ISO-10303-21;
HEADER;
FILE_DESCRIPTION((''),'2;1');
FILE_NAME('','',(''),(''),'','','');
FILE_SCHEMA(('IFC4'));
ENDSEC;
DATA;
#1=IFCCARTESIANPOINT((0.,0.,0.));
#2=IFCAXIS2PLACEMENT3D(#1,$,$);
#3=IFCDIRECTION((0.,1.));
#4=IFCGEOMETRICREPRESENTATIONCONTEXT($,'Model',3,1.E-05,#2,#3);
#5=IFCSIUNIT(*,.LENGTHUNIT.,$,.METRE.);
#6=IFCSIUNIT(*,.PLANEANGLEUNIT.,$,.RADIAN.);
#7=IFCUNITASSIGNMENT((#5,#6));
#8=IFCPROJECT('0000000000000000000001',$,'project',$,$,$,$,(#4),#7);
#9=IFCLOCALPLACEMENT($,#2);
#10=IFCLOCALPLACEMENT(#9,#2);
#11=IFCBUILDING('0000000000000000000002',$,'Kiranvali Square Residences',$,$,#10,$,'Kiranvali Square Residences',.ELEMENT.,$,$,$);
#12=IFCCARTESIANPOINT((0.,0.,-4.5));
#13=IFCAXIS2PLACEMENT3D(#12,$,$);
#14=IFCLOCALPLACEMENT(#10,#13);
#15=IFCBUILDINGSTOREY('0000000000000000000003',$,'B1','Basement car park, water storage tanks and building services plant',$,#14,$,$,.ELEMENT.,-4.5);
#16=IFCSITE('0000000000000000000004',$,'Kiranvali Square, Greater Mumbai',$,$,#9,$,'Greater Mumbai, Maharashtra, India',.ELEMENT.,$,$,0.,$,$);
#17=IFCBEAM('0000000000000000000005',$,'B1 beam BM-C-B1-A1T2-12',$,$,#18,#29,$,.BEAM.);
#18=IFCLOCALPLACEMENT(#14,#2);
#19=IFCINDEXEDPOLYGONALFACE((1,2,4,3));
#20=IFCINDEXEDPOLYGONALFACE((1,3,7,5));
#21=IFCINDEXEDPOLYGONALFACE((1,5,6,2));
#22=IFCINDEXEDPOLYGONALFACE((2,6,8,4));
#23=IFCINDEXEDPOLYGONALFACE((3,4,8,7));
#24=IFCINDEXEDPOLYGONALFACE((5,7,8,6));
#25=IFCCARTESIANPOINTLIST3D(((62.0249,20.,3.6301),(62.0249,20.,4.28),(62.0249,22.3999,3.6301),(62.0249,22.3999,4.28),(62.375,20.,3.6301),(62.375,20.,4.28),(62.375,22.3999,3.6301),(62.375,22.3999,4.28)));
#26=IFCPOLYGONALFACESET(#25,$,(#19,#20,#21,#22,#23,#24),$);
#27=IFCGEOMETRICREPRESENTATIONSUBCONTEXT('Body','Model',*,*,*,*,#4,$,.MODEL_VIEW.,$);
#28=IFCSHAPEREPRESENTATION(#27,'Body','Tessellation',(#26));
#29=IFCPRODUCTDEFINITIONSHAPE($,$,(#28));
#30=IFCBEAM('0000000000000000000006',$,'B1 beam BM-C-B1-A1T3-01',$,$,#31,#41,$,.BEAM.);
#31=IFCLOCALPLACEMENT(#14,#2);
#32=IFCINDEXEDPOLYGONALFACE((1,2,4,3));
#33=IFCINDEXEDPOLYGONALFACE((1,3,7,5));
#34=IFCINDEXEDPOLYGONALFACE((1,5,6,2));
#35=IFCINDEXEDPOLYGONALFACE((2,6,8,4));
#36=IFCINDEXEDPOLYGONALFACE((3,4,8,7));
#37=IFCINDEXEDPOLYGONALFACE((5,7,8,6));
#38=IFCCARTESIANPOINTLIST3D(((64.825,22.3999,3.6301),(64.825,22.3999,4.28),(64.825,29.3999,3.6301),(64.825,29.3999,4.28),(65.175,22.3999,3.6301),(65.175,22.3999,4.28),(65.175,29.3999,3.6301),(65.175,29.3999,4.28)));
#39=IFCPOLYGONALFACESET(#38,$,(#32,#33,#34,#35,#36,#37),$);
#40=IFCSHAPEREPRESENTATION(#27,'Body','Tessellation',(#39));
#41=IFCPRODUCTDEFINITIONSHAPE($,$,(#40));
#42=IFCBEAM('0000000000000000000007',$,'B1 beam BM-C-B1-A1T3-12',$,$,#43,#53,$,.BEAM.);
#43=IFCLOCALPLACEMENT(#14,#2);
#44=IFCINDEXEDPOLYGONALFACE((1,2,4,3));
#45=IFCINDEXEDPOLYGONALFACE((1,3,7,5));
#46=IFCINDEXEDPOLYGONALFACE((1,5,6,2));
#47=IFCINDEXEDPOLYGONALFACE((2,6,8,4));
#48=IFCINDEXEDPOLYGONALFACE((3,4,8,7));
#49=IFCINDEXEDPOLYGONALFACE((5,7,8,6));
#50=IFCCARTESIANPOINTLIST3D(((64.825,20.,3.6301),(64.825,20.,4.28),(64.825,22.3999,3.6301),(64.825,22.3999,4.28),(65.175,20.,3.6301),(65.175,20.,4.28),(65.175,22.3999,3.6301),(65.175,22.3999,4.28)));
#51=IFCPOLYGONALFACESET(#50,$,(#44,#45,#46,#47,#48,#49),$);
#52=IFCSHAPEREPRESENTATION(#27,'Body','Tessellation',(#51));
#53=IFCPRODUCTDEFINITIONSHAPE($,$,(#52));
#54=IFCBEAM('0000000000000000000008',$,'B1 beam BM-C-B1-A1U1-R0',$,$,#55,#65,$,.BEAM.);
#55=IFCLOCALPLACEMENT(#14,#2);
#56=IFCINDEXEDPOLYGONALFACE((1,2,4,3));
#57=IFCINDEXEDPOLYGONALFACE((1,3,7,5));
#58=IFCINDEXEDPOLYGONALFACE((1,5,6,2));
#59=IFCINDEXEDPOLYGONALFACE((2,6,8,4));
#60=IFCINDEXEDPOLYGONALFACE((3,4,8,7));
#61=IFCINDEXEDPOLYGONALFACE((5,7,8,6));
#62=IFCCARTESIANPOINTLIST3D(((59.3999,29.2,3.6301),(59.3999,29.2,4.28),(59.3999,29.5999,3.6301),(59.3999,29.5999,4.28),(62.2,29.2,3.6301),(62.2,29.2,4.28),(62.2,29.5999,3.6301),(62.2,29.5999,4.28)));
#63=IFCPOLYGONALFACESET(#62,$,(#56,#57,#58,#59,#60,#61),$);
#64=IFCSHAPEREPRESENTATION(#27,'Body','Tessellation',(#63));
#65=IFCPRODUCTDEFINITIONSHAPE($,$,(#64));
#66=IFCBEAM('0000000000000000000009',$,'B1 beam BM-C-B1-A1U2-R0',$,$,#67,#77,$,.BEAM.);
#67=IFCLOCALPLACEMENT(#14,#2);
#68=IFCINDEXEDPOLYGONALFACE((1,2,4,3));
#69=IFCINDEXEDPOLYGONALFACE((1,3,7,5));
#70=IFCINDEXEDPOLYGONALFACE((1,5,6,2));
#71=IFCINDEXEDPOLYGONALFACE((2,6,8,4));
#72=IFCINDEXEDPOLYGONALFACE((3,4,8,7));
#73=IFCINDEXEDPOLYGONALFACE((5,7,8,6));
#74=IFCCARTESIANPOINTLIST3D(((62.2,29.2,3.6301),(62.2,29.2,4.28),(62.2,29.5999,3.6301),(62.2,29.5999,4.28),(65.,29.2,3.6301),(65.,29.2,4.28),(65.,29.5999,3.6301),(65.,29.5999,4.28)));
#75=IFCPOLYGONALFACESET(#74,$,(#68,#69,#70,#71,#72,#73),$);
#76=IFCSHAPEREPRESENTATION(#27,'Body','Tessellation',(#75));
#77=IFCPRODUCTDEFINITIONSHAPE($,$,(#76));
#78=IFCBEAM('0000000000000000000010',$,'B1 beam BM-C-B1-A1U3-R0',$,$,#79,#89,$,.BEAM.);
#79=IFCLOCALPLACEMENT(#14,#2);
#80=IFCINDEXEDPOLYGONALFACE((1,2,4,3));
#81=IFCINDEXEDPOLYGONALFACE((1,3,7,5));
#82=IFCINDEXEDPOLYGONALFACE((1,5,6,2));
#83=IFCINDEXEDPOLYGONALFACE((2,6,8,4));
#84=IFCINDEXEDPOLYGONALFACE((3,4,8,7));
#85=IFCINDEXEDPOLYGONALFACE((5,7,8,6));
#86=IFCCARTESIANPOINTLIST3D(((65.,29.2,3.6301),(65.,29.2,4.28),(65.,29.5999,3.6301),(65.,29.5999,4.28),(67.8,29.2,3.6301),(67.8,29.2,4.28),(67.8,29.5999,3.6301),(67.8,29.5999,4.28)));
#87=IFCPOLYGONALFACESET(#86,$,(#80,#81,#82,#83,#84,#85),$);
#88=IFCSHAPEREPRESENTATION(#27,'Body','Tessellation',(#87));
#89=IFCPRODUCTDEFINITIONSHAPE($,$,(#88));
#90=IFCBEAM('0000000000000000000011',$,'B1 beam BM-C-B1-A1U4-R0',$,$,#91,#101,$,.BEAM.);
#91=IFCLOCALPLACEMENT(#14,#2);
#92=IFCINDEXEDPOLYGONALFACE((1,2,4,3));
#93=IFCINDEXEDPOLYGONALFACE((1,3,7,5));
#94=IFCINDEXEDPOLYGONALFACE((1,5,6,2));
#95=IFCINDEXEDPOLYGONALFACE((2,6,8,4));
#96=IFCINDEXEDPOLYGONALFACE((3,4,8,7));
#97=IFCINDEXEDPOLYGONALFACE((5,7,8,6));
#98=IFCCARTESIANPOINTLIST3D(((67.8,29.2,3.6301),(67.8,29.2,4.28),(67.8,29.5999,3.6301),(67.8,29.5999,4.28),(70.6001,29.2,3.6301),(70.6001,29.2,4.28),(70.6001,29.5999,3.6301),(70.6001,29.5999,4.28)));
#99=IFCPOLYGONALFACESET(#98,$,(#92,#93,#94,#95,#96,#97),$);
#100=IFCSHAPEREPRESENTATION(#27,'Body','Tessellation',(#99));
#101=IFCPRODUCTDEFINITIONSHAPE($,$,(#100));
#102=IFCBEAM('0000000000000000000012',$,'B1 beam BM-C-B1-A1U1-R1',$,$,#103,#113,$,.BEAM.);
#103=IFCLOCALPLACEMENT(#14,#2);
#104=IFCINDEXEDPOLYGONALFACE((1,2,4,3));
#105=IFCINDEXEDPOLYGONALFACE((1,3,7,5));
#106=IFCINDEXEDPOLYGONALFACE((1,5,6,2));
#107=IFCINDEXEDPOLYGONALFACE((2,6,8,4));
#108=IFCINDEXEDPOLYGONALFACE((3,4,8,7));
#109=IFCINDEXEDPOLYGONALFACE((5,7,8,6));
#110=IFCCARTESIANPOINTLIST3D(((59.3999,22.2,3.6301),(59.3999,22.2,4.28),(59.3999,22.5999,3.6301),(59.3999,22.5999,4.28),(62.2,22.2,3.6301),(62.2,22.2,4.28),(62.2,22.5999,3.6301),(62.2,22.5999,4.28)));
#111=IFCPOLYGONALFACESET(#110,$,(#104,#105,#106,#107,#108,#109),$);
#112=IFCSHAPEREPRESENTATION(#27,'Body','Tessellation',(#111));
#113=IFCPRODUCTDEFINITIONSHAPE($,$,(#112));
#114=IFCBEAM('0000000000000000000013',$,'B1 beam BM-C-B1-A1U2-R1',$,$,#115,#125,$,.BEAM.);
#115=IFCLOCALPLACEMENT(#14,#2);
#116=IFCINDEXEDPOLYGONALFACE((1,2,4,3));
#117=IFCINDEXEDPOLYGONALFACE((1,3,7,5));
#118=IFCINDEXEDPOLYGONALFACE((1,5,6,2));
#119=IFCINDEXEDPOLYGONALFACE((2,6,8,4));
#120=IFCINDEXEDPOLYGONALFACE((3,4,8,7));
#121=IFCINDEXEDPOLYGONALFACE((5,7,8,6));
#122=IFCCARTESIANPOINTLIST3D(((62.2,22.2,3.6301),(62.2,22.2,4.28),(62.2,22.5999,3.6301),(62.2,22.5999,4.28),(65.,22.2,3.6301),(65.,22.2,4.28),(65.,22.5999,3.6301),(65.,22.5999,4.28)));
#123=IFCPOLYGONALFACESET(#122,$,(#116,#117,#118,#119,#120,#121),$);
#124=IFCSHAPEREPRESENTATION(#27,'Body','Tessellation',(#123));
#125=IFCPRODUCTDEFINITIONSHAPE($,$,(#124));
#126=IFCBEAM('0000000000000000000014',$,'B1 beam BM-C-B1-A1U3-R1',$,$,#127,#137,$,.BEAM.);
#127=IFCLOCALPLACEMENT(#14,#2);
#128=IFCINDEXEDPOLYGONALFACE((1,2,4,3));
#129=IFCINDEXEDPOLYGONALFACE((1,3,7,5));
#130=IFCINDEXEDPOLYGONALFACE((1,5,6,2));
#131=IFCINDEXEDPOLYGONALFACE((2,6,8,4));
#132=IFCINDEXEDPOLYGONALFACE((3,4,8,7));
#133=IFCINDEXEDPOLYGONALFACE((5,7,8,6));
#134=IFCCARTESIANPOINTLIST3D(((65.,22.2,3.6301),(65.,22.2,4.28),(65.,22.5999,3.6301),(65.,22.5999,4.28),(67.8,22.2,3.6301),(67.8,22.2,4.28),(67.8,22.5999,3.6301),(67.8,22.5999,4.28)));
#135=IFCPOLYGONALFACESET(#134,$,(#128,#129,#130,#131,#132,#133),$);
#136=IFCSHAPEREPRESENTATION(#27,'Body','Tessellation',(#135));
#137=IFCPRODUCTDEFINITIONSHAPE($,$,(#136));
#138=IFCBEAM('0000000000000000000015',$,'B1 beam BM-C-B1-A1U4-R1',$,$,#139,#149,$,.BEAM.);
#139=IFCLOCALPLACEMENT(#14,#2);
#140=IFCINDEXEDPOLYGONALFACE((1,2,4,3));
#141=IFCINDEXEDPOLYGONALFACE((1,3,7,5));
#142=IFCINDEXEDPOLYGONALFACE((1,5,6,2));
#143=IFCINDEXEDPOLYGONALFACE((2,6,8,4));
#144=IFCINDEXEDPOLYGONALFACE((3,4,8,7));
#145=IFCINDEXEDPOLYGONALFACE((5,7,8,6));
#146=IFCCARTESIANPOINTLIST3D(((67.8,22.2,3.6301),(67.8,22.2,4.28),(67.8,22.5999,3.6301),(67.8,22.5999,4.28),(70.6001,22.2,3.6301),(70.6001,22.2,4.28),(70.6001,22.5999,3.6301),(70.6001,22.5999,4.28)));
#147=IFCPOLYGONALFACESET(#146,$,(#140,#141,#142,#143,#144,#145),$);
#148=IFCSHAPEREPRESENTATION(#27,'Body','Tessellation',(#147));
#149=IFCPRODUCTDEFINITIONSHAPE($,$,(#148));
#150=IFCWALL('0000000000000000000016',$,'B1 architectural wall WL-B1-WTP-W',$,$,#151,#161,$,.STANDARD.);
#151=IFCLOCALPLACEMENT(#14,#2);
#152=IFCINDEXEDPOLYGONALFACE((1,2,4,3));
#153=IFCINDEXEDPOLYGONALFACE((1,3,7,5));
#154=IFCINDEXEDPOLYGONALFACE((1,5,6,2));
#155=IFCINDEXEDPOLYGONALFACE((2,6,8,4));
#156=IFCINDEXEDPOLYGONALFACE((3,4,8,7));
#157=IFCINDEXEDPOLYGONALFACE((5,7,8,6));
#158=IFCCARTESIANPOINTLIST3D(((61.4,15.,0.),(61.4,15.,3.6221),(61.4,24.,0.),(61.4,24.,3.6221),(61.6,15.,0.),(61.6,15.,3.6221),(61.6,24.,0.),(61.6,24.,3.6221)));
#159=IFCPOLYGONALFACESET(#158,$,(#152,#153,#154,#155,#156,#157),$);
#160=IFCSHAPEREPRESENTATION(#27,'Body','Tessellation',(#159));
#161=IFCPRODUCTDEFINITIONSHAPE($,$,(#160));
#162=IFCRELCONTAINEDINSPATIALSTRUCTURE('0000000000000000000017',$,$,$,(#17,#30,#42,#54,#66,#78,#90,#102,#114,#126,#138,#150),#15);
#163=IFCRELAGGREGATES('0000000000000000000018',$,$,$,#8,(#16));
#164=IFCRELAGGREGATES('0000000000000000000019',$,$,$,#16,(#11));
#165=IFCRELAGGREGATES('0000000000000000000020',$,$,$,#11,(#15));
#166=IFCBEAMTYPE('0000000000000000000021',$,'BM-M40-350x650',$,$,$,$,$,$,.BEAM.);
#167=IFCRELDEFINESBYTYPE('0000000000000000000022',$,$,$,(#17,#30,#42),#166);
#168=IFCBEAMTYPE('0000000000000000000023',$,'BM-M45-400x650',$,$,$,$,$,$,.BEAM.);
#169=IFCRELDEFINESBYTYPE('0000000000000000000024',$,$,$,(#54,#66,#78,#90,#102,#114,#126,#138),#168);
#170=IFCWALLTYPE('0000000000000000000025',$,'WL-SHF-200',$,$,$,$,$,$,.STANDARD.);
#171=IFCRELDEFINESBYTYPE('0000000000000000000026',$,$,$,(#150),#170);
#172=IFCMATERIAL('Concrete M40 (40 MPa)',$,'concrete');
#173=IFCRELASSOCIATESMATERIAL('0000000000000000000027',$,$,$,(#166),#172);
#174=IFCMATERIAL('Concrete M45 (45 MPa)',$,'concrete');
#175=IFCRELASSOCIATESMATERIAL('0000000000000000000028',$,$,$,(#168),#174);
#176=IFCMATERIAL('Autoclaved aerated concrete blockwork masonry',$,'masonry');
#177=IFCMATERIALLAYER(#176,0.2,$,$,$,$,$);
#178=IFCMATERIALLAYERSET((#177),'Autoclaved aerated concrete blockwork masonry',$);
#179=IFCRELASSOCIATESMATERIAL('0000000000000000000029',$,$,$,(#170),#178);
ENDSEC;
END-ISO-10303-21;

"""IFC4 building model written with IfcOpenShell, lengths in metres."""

from ifc_helpers import new_model, si_unit, direction, frame, frame_2d, origin, origin_2d, place, context, subcontext, project, spatial, rectangle, extrude, material, layer, layer_set, material_profile, profile_set, type_object, element, save


model = new_model("IFC4")

# Units and contexts
model_context = context("Model", 3, precision=1e-05, world=origin(), true_north=direction((0.0, 1.0)))
body_context = subcontext(model_context, "Body", "Model", "MODEL_VIEW")
ifc_project = project(units=[si_unit("LENGTHUNIT", "METRE"), si_unit("PLANEANGLEUNIT", "RADIAN")], contexts=[model_context])

# Site, building, storey
site_placement = place(None, origin())
site = spatial("IfcSite", under=ifc_project, at=site_placement, Name="Kiranvali Square, Greater Mumbai", LongName="Greater Mumbai, Maharashtra, India", CompositionType="ELEMENT", RefElevation=0.0)
building_placement = place(site_placement, origin())
building = spatial("IfcBuilding", under=site, at=building_placement, Name="Kiranvali Square Residences", LongName="Kiranvali Square Residences", CompositionType="ELEMENT")
storey_placement = place(building_placement, frame((0.0, 0.0, -4.5)))
storey = spatial("IfcBuildingStorey", under=building, at=storey_placement, Name="B1", Description="Basement car park, water storage tanks and building services plant", CompositionType="ELEMENT", Elevation=-4.5)

# Shared definitions
ifc_material_1 = material(Name="Concrete M40 (40 MPa)", Category="concrete")

# Shared definitions
ifc_material_2 = material(Name="Concrete M45 (45 MPa)", Category="concrete")

# Beams
ifc_material_profile_1 = material_profile(ifc_material_1, rectangle(XDim=0.3501, YDim=0.6499, at=origin_2d()), Name="RC 350x650")
ifc_profile_set_1 = profile_set([ifc_material_profile_1], Name="Concrete M40 (40 MPa)")
beam_type_1 = type_object("IfcBeamType", Name="BM-M40-350x650", PredefinedType="BEAM", material=ifc_profile_set_1)
beam_1_placement = place(storey_placement, frame((62.2, 22.3999, 3.9551), z_axis=(0.0, -1.0, 0.0), x_axis=(1.0, 0.0, 0.0)))
element("IfcBeam", 1, at=beam_1_placement, inside=storey, type_object=beam_type_1, Name="B1 beam BM-C-B1-A1T2-12", PredefinedType="BEAM", context=body_context, shape_type="SweptSolid", body=[
    extrude(rectangle(XDim=0.3501, YDim=0.6499, at=origin_2d()), origin(), (0.0, 0.0, 1.0), 2.3999),
])
beam_2_placement = place(storey_placement, frame((65.0, 29.3999, 3.9551), z_axis=(0.0, -1.0, 0.0), x_axis=(1.0, 0.0, 0.0)))
element("IfcBeam", 2, at=beam_2_placement, inside=storey, type_object=beam_type_1, Name="B1 beam BM-C-B1-A1T3-01", PredefinedType="BEAM", context=body_context, shape_type="SweptSolid", body=[
    extrude(rectangle(XDim=0.3501, YDim=0.6499, at=origin_2d()), origin(), (0.0, 0.0, 1.0), 7.0),
])
beam_3_placement = place(storey_placement, frame((65.0, 22.3999, 3.9551), z_axis=(0.0, -1.0, 0.0), x_axis=(1.0, 0.0, 0.0)))
element("IfcBeam", 3, at=beam_3_placement, inside=storey, type_object=beam_type_1, Name="B1 beam BM-C-B1-A1T3-12", PredefinedType="BEAM", context=body_context, shape_type="SweptSolid", body=[
    extrude(rectangle(XDim=0.3501, YDim=0.6499, at=origin_2d()), origin(), (0.0, 0.0, 1.0), 2.3999),
])
ifc_material_profile_2 = material_profile(ifc_material_2, rectangle(XDim=0.3999, YDim=0.6499, at=origin_2d()), Name="RC 400x650")
ifc_profile_set_2 = profile_set([ifc_material_profile_2], Name="Concrete M45 (45 MPa)")
beam_type_2 = type_object("IfcBeamType", Name="BM-M45-400x650", PredefinedType="BEAM", material=ifc_profile_set_2)
for number, where, z_axis, x_axis, name in (
    (4, (59.3999, 29.3999, 3.9551), (1.0, 0.0, 0.0), (0.0, 1.0, 0.0), "B1 beam BM-C-B1-A1U1-R0"),
    (5, (62.2, 29.3999, 3.9551), (1.0, 0.0, 0.0), (0.0, 1.0, 0.0), "B1 beam BM-C-B1-A1U2-R0"),
    (6, (65.0, 29.3999, 3.9551), (1.0, 0.0, 0.0), (0.0, 1.0, 0.0), "B1 beam BM-C-B1-A1U3-R0"),
    (7, (67.8, 29.3999, 3.9551), (1.0, 0.0, 0.0), (0.0, 1.0, 0.0), "B1 beam BM-C-B1-A1U4-R0"),
    (8, (59.3999, 22.3999, 3.9551), (1.0, 0.0, 0.0), (0.0, 1.0, 0.0), "B1 beam BM-C-B1-A1U1-R1"),
    (9, (62.2, 22.3999, 3.9551), (1.0, 0.0, 0.0), (0.0, 1.0, 0.0), "B1 beam BM-C-B1-A1U2-R1"),
    (10, (65.0, 22.3999, 3.9551), (1.0, 0.0, 0.0), (0.0, 1.0, 0.0), "B1 beam BM-C-B1-A1U3-R1"),
    (11, (67.8, 22.3999, 3.9551), (1.0, 0.0, 0.0), (0.0, 1.0, 0.0), "B1 beam BM-C-B1-A1U4-R1"),
):
    element("IfcBeam", number, at=place(storey_placement, frame(where, z_axis=z_axis, x_axis=x_axis)), inside=storey, type_object=beam_type_2, Name=name, PredefinedType="BEAM", context=body_context, shape_type="SweptSolid", body=[
        extrude(rectangle(XDim=0.3999, YDim=0.6499, at=origin_2d()), origin(), (0.0, 0.0, 1.0), 2.8),
    ])

# Wall
ifc_material_3 = material(Name="Autoclaved aerated concrete blockwork masonry", Category="masonry")
ifc_layer = layer(ifc_material_3, 0.2)
ifc_layer_set = layer_set([ifc_layer], Name="Autoclaved aerated concrete blockwork masonry")
wall_type = type_object("IfcWallType", Name="WL-SHF-200", PredefinedType="STANDARD", material=ifc_layer_set)
wall_placement = place(storey_placement, frame((61.5, 24.0, 0.0), z_axis=(0.0, 0.0, 1.0), x_axis=(0.0, -1.0, 0.0)))
element("IfcWall", 12, at=wall_placement, inside=storey, type_object=wall_type, Name="B1 architectural wall WL-B1-WTP-W", PredefinedType="STANDARD", context=body_context, shape_type="SweptSolid", body=[
    extrude(rectangle(XDim=9.0, YDim=0.2, at=frame_2d((4.5, 0.0))), origin(), (0.0, 0.0, 1.0), 3.6221),
])

save(model, "model.ifc")
